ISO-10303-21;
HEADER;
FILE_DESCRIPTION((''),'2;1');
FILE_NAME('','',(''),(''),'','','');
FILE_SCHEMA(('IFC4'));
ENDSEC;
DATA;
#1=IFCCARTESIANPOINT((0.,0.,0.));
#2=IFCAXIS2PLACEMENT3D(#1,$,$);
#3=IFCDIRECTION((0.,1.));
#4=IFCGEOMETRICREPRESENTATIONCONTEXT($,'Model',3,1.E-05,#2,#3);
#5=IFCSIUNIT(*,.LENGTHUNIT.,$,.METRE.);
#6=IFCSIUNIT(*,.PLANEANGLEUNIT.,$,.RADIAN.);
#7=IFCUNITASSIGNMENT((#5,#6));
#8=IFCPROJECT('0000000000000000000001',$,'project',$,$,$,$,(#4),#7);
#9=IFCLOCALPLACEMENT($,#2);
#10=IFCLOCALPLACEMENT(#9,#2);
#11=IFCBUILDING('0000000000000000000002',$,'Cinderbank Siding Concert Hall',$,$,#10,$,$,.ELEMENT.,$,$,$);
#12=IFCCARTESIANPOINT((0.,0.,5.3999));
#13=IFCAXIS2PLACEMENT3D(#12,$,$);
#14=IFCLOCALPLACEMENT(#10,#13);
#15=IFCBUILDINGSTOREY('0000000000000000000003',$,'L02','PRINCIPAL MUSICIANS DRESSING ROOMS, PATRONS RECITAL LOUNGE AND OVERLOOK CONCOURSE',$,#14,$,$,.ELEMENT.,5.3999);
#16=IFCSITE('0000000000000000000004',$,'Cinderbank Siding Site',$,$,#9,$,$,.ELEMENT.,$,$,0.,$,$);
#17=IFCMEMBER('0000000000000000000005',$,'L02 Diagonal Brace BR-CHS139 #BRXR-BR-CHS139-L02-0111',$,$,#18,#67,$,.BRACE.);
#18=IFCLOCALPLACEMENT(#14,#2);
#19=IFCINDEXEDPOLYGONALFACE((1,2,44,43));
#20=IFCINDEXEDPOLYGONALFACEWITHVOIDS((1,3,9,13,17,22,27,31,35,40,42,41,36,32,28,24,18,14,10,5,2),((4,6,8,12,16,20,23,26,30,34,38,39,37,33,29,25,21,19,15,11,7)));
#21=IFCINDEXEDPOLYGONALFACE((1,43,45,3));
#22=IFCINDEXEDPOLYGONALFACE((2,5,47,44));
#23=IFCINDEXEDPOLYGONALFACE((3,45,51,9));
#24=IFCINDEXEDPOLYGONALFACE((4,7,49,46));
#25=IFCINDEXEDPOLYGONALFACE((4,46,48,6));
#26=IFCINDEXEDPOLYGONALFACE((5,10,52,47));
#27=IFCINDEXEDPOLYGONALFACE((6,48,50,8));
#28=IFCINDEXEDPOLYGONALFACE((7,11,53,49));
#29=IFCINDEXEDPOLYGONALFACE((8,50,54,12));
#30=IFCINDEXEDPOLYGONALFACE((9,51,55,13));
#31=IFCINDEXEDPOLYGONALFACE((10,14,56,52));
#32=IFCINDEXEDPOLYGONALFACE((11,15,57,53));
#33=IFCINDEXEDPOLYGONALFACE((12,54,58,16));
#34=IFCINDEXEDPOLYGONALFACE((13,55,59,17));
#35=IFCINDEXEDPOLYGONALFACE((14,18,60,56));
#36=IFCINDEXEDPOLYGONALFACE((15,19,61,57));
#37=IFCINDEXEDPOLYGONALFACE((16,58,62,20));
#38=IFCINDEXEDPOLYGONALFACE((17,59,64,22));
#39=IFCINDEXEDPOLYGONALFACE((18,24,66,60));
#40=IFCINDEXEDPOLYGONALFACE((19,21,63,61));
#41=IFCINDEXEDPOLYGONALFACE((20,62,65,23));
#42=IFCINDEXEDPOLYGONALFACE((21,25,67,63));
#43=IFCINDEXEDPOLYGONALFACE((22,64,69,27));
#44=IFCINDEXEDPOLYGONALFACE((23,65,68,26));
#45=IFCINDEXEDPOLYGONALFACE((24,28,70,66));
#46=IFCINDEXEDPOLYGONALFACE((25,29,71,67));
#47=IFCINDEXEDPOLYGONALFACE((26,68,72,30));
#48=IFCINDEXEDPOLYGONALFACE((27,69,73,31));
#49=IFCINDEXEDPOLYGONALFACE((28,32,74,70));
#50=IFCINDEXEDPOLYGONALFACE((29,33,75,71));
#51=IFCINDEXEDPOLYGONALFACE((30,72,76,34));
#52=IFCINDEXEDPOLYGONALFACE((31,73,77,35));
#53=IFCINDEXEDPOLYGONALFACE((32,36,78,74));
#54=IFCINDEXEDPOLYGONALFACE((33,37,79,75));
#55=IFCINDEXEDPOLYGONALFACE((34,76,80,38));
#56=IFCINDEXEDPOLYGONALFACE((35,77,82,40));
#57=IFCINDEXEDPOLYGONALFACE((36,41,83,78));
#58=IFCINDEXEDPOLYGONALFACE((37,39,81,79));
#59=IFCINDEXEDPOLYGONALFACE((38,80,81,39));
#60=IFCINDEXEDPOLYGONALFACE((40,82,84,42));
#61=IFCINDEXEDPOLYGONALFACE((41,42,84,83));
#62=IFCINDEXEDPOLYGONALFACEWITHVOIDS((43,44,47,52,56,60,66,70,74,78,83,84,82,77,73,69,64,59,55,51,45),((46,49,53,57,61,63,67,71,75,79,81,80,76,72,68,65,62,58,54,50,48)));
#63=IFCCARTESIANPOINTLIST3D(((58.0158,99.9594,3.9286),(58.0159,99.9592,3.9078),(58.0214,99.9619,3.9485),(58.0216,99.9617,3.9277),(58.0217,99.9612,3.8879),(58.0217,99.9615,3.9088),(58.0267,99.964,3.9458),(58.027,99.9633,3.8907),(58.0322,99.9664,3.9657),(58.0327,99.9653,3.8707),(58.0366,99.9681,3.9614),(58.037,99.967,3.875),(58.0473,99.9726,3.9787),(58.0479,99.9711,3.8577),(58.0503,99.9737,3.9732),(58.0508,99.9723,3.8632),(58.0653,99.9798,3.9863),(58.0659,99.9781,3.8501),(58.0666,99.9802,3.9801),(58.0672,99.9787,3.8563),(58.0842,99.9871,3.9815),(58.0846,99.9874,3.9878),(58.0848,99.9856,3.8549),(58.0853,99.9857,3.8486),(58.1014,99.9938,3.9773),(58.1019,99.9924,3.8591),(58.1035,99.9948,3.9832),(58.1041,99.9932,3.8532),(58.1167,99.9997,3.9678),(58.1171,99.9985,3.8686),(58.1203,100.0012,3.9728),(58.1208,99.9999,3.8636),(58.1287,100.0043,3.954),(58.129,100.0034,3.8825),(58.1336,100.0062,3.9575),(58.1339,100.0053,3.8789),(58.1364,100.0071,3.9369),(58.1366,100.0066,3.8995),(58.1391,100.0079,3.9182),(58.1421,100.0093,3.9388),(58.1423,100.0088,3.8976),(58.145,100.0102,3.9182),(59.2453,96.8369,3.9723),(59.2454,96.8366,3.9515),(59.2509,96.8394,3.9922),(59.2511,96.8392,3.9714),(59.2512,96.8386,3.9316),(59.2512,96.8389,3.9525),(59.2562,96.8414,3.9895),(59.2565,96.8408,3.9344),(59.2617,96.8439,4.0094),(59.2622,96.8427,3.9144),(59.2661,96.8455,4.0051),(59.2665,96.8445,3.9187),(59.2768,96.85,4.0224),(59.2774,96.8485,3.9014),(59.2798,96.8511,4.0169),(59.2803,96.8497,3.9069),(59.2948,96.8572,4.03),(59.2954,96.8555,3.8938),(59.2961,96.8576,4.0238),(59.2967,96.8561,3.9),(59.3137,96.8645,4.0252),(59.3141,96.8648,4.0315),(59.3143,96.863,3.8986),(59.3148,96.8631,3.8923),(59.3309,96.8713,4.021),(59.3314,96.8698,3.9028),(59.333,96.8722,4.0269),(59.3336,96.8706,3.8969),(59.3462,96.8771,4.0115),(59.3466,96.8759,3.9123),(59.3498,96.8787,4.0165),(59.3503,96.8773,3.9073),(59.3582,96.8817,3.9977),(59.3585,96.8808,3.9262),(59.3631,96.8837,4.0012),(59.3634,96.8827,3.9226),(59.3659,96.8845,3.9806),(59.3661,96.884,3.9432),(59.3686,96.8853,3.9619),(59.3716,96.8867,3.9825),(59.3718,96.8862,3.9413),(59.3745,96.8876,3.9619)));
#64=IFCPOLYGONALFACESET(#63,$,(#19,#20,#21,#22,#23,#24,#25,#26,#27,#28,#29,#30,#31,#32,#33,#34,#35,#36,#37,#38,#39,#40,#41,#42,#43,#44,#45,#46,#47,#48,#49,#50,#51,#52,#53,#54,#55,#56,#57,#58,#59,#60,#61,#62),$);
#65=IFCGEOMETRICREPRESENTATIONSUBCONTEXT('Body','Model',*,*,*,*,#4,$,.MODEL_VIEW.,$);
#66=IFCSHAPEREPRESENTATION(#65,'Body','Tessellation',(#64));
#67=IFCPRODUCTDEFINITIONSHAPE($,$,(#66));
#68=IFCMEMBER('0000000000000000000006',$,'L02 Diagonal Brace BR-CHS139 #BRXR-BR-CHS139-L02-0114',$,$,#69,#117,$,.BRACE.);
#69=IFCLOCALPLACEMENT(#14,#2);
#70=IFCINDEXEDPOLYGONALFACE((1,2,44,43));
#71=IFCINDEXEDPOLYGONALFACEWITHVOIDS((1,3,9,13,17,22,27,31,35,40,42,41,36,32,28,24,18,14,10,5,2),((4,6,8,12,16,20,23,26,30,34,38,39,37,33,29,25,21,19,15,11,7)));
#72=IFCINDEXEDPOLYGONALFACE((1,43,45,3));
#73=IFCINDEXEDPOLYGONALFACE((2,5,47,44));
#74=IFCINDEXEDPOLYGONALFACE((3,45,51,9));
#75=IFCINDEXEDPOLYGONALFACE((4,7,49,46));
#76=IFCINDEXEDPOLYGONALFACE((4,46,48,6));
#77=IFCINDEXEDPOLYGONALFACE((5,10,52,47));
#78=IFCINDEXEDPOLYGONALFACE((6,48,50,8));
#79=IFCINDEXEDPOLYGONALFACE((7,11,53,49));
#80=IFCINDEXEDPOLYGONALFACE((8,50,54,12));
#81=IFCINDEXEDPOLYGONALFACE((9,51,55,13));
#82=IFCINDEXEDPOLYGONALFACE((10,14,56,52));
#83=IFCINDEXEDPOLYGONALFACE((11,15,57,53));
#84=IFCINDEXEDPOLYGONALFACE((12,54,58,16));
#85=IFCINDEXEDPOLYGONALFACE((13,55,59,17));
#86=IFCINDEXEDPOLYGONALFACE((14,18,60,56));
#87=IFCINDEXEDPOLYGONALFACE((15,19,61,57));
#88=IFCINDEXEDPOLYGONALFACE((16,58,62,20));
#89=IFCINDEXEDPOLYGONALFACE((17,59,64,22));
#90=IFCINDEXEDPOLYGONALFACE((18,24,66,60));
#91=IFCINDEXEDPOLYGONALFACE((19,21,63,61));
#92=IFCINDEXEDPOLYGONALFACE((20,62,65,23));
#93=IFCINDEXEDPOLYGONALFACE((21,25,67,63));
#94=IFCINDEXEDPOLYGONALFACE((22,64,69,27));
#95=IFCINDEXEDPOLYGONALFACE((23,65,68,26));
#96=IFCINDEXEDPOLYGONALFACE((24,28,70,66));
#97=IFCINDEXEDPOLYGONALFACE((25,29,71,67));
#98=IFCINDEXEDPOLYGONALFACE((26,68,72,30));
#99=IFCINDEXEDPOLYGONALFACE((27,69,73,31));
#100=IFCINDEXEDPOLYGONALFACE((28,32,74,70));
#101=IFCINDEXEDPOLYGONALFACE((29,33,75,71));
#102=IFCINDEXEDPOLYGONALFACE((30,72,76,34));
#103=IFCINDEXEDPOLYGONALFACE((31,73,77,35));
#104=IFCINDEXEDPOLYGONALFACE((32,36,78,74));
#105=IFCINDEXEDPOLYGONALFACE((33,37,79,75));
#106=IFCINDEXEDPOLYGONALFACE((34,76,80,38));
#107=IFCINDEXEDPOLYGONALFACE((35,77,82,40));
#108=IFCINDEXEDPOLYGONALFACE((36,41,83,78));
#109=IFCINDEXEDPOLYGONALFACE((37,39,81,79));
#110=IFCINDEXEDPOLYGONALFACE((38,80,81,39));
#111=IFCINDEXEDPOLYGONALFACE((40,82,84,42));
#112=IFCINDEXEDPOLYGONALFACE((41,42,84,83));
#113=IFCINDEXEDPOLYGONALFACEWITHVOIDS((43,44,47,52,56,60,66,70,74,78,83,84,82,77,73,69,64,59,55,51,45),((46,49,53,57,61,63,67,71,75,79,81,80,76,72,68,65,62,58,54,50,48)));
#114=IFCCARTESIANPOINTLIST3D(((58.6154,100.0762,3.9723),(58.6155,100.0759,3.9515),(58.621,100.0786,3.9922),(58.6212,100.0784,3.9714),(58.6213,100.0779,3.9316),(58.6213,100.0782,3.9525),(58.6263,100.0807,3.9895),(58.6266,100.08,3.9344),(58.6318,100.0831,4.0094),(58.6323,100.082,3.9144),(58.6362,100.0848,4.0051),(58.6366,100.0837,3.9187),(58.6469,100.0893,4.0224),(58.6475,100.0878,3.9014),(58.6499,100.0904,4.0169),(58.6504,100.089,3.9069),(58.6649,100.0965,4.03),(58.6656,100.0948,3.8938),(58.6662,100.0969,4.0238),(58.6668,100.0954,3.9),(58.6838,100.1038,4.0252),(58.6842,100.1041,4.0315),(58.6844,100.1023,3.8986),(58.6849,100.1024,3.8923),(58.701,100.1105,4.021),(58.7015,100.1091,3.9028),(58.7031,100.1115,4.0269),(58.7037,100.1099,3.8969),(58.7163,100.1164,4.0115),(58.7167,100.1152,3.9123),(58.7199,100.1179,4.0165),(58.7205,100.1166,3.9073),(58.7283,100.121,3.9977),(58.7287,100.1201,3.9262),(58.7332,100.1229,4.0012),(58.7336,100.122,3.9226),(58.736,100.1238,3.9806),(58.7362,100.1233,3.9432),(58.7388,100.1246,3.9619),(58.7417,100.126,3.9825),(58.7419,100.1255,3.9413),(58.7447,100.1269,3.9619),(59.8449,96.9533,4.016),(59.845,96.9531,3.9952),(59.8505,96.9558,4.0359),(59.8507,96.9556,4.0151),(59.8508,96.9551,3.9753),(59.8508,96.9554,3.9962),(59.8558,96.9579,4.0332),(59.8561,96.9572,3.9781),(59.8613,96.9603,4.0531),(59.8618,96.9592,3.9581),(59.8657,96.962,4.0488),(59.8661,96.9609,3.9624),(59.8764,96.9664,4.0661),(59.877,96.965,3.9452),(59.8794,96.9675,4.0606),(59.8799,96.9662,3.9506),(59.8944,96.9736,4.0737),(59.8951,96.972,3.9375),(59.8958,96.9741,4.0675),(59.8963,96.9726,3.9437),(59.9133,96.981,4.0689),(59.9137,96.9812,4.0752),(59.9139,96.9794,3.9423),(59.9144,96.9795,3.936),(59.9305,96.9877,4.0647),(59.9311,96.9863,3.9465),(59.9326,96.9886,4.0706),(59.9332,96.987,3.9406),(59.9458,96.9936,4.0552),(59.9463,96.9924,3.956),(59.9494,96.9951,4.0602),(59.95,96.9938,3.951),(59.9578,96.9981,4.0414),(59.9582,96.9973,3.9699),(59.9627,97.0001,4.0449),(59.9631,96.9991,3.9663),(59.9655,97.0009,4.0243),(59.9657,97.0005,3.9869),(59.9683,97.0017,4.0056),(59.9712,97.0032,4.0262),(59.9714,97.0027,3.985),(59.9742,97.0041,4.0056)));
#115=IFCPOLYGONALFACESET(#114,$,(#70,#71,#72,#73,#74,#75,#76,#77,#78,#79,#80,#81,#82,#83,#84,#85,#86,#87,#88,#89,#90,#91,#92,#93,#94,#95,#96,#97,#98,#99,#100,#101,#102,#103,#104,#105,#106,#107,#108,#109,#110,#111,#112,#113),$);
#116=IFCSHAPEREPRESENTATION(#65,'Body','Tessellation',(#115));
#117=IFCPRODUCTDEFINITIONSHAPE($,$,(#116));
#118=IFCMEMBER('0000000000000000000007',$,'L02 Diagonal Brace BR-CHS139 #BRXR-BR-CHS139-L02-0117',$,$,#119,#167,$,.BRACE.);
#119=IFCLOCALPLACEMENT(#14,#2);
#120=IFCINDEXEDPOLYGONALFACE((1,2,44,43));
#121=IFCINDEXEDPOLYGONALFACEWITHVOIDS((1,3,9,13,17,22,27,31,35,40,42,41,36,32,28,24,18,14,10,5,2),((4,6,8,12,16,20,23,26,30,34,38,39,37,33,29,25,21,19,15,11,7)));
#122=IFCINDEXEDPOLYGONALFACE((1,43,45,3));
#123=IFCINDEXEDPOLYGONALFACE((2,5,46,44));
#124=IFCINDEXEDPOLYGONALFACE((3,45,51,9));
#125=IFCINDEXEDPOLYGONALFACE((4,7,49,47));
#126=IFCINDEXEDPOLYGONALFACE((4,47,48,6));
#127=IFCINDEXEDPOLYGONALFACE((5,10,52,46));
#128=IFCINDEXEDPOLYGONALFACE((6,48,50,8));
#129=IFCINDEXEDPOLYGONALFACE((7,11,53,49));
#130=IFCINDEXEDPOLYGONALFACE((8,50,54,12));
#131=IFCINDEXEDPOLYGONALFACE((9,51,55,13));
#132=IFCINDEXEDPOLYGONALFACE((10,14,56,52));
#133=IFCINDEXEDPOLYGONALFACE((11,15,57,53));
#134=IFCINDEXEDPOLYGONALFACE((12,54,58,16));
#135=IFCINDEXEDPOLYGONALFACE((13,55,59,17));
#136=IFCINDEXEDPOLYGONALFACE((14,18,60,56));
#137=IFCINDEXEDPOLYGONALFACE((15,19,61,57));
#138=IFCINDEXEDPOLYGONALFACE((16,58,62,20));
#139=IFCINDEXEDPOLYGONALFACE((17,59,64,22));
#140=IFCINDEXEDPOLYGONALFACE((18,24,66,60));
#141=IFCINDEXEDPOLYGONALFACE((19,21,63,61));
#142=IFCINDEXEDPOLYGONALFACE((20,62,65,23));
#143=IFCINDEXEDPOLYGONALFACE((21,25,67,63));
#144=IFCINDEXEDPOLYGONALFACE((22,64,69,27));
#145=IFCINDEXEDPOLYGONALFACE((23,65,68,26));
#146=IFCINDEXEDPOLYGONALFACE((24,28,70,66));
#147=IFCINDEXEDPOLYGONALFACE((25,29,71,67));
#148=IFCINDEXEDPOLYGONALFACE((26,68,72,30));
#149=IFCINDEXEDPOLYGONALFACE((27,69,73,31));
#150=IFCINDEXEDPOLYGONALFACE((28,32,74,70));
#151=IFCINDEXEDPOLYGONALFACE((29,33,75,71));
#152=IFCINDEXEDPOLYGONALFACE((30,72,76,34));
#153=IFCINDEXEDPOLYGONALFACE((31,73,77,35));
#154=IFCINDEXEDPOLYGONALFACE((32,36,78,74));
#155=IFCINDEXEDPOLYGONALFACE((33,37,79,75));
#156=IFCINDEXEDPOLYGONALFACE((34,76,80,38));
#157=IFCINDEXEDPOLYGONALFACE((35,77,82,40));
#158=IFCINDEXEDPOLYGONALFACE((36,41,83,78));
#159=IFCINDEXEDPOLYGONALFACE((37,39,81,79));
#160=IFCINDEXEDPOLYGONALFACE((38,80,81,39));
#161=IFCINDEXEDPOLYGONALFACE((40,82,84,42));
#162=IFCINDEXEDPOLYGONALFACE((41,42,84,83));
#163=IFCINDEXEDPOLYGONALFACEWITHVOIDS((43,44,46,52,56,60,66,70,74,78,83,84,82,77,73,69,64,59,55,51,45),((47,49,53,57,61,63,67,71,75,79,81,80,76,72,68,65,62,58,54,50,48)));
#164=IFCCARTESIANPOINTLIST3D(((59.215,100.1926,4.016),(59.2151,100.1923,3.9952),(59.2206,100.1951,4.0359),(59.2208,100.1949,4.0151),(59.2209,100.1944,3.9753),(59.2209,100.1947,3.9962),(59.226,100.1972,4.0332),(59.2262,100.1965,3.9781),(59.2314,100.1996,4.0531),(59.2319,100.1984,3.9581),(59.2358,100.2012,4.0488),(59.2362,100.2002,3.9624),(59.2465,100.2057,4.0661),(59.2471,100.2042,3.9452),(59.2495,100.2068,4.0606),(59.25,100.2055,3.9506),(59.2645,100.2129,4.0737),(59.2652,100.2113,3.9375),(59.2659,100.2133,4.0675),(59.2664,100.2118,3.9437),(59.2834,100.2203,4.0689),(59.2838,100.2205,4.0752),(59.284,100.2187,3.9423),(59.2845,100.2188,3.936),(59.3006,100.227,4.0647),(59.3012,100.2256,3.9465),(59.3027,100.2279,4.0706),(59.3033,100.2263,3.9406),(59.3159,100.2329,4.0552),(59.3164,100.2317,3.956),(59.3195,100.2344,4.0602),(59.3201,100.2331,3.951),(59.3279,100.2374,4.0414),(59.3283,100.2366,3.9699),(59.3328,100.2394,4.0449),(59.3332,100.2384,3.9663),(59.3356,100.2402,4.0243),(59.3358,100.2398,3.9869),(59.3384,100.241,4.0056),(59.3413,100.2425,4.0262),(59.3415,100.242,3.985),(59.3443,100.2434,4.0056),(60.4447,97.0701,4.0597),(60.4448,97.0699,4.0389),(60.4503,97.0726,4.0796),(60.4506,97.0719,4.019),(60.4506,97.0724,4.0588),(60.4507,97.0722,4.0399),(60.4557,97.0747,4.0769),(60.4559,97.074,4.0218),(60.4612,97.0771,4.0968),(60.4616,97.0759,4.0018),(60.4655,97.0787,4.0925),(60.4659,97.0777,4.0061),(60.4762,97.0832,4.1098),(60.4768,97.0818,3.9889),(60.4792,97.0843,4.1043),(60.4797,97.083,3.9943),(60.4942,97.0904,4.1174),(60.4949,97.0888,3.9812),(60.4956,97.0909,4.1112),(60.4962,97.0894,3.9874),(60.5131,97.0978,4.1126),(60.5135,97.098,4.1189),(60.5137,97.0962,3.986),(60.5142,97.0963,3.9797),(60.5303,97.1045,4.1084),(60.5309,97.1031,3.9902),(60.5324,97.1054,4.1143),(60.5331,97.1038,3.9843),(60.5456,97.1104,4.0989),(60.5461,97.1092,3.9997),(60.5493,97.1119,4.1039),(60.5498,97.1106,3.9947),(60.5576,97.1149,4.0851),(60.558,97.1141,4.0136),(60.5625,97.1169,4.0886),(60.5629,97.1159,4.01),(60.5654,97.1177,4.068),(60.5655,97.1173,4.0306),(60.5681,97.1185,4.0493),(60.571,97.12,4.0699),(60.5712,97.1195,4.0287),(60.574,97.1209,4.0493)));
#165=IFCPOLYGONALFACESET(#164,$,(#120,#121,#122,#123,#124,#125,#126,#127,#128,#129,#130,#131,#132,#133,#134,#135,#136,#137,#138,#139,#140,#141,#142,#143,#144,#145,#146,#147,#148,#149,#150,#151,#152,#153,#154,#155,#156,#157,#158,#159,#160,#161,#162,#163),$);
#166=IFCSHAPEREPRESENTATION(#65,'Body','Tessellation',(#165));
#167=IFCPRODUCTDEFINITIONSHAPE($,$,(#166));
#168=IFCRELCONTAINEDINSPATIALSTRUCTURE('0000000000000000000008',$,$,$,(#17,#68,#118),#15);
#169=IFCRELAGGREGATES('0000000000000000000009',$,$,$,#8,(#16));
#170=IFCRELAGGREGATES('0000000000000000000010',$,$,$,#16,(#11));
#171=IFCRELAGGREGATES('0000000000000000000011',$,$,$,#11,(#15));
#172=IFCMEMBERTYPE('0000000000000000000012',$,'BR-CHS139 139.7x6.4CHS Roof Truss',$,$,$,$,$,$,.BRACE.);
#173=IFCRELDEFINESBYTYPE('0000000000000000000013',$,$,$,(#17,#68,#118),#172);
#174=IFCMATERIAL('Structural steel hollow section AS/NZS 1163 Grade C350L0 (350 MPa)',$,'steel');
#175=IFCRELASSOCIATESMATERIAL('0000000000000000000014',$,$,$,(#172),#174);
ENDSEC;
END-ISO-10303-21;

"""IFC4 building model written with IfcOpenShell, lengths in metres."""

from ifc_helpers import new_model, si_unit, direction, frame, origin, origin_2d, place, context, subcontext, project, spatial, hollow_circle, extrude, material, material_profile, profile_set, type_object, element, save


model = new_model("IFC4")

# Units and contexts
model_context = context("Model", 3, precision=1e-05, world=origin(), true_north=direction((0.0, 1.0)))
body_context = subcontext(model_context, "Body", "Model", "MODEL_VIEW")
ifc_project = project(units=[si_unit("LENGTHUNIT", "METRE"), si_unit("PLANEANGLEUNIT", "RADIAN")], contexts=[model_context])

# Site, building, storey
site_placement = place(None, origin())
site = spatial("IfcSite", under=ifc_project, at=site_placement, Name="Cinderbank Siding Site", CompositionType="ELEMENT", RefElevation=0.0)
building_placement = place(site_placement, origin())
building = spatial("IfcBuilding", under=site, at=building_placement, Name="Cinderbank Siding Concert Hall", CompositionType="ELEMENT")
storey_placement = place(building_placement, frame((0.0, 0.0, 5.3999)))
storey = spatial("IfcBuildingStorey", under=building, at=storey_placement, Name="L02", Description="PRINCIPAL MUSICIANS DRESSING ROOMS, PATRONS RECITAL LOUNGE AND OVERLOOK CONCOURSE", CompositionType="ELEMENT", Elevation=5.3999)

# Members
ifc_material_1 = material(Name="Structural steel hollow section AS/NZS 1163 Grade C350L0 (350 MPa)", Category="steel")
ifc_material_profile_1 = material_profile(ifc_material_1, hollow_circle(Radius=0.0698, WallThickness=0.0063, at=origin_2d()), Name="139.7x6.4CHS", Category="LoadBearing")
ifc_profile_set_1 = profile_set([ifc_material_profile_1], Name="Structural steel hollow section AS/NZS 1163 Grade C350L0 (350 MPa)")
member_type_1 = type_object("IfcMemberType", Name="BR-CHS139 139.7x6.4CHS Roof Truss", PredefinedType="BRACE", material=ifc_profile_set_1)
for number, where, z_axis, x_axis, name in (
    (1, (58.0801, 99.9846, 3.9182), (0.366337, -0.930391, 0.013021), (0.93047, 0.366368, 0.0), "L02 Diagonal Brace BR-CHS139 #BRXR-BR-CHS139-L02-0111"),
):
    element("IfcMember", number, at=place(storey_placement, frame(where, z_axis=z_axis, x_axis=x_axis)), inside=storey, type_object=member_type_1, Name=name, PredefinedType="BRACE", context=body_context, shape_type="SweptSolid", body=[
        extrude(hollow_circle(Radius=0.0698, WallThickness=0.0063, at=origin_2d()), origin(), (0.0, 0.0, 1.0), 3.3562),
    ])
member_1_placement = place(storey_placement, frame((58.6797, 100.1013, 3.9619), z_axis=(0.366312, -0.930401, 0.01302), x_axis=(0.93048, 0.366343, 0.0)))
element("IfcMember", 2, at=member_1_placement, inside=storey, type_object=member_type_1, Name="L02 Diagonal Brace BR-CHS139 #BRXR-BR-CHS139-L02-0114", PredefinedType="BRACE", context=body_context, shape_type="SweptSolid", body=[
    extrude(hollow_circle(Radius=0.0698, WallThickness=0.0063, at=origin_2d()), origin(), (0.0, 0.0, 1.0), 3.3564),
])
member_2_placement = place(storey_placement, frame((59.2793, 100.2178, 4.0056), z_axis=(0.3664, -0.930366, 0.013021), x_axis=(0.930445, 0.366431, 0.0)))
element("IfcMember", 3, at=member_2_placement, inside=storey, type_object=member_type_1, Name="L02 Diagonal Brace BR-CHS139 #BRXR-BR-CHS139-L02-0117", PredefinedType="BRACE", context=body_context, shape_type="SweptSolid", body=[
    extrude(hollow_circle(Radius=0.0698, WallThickness=0.0063, at=origin_2d()), origin(), (0.0, 0.0, 1.0), 3.3562),
])

save(model, "model.ifc")
